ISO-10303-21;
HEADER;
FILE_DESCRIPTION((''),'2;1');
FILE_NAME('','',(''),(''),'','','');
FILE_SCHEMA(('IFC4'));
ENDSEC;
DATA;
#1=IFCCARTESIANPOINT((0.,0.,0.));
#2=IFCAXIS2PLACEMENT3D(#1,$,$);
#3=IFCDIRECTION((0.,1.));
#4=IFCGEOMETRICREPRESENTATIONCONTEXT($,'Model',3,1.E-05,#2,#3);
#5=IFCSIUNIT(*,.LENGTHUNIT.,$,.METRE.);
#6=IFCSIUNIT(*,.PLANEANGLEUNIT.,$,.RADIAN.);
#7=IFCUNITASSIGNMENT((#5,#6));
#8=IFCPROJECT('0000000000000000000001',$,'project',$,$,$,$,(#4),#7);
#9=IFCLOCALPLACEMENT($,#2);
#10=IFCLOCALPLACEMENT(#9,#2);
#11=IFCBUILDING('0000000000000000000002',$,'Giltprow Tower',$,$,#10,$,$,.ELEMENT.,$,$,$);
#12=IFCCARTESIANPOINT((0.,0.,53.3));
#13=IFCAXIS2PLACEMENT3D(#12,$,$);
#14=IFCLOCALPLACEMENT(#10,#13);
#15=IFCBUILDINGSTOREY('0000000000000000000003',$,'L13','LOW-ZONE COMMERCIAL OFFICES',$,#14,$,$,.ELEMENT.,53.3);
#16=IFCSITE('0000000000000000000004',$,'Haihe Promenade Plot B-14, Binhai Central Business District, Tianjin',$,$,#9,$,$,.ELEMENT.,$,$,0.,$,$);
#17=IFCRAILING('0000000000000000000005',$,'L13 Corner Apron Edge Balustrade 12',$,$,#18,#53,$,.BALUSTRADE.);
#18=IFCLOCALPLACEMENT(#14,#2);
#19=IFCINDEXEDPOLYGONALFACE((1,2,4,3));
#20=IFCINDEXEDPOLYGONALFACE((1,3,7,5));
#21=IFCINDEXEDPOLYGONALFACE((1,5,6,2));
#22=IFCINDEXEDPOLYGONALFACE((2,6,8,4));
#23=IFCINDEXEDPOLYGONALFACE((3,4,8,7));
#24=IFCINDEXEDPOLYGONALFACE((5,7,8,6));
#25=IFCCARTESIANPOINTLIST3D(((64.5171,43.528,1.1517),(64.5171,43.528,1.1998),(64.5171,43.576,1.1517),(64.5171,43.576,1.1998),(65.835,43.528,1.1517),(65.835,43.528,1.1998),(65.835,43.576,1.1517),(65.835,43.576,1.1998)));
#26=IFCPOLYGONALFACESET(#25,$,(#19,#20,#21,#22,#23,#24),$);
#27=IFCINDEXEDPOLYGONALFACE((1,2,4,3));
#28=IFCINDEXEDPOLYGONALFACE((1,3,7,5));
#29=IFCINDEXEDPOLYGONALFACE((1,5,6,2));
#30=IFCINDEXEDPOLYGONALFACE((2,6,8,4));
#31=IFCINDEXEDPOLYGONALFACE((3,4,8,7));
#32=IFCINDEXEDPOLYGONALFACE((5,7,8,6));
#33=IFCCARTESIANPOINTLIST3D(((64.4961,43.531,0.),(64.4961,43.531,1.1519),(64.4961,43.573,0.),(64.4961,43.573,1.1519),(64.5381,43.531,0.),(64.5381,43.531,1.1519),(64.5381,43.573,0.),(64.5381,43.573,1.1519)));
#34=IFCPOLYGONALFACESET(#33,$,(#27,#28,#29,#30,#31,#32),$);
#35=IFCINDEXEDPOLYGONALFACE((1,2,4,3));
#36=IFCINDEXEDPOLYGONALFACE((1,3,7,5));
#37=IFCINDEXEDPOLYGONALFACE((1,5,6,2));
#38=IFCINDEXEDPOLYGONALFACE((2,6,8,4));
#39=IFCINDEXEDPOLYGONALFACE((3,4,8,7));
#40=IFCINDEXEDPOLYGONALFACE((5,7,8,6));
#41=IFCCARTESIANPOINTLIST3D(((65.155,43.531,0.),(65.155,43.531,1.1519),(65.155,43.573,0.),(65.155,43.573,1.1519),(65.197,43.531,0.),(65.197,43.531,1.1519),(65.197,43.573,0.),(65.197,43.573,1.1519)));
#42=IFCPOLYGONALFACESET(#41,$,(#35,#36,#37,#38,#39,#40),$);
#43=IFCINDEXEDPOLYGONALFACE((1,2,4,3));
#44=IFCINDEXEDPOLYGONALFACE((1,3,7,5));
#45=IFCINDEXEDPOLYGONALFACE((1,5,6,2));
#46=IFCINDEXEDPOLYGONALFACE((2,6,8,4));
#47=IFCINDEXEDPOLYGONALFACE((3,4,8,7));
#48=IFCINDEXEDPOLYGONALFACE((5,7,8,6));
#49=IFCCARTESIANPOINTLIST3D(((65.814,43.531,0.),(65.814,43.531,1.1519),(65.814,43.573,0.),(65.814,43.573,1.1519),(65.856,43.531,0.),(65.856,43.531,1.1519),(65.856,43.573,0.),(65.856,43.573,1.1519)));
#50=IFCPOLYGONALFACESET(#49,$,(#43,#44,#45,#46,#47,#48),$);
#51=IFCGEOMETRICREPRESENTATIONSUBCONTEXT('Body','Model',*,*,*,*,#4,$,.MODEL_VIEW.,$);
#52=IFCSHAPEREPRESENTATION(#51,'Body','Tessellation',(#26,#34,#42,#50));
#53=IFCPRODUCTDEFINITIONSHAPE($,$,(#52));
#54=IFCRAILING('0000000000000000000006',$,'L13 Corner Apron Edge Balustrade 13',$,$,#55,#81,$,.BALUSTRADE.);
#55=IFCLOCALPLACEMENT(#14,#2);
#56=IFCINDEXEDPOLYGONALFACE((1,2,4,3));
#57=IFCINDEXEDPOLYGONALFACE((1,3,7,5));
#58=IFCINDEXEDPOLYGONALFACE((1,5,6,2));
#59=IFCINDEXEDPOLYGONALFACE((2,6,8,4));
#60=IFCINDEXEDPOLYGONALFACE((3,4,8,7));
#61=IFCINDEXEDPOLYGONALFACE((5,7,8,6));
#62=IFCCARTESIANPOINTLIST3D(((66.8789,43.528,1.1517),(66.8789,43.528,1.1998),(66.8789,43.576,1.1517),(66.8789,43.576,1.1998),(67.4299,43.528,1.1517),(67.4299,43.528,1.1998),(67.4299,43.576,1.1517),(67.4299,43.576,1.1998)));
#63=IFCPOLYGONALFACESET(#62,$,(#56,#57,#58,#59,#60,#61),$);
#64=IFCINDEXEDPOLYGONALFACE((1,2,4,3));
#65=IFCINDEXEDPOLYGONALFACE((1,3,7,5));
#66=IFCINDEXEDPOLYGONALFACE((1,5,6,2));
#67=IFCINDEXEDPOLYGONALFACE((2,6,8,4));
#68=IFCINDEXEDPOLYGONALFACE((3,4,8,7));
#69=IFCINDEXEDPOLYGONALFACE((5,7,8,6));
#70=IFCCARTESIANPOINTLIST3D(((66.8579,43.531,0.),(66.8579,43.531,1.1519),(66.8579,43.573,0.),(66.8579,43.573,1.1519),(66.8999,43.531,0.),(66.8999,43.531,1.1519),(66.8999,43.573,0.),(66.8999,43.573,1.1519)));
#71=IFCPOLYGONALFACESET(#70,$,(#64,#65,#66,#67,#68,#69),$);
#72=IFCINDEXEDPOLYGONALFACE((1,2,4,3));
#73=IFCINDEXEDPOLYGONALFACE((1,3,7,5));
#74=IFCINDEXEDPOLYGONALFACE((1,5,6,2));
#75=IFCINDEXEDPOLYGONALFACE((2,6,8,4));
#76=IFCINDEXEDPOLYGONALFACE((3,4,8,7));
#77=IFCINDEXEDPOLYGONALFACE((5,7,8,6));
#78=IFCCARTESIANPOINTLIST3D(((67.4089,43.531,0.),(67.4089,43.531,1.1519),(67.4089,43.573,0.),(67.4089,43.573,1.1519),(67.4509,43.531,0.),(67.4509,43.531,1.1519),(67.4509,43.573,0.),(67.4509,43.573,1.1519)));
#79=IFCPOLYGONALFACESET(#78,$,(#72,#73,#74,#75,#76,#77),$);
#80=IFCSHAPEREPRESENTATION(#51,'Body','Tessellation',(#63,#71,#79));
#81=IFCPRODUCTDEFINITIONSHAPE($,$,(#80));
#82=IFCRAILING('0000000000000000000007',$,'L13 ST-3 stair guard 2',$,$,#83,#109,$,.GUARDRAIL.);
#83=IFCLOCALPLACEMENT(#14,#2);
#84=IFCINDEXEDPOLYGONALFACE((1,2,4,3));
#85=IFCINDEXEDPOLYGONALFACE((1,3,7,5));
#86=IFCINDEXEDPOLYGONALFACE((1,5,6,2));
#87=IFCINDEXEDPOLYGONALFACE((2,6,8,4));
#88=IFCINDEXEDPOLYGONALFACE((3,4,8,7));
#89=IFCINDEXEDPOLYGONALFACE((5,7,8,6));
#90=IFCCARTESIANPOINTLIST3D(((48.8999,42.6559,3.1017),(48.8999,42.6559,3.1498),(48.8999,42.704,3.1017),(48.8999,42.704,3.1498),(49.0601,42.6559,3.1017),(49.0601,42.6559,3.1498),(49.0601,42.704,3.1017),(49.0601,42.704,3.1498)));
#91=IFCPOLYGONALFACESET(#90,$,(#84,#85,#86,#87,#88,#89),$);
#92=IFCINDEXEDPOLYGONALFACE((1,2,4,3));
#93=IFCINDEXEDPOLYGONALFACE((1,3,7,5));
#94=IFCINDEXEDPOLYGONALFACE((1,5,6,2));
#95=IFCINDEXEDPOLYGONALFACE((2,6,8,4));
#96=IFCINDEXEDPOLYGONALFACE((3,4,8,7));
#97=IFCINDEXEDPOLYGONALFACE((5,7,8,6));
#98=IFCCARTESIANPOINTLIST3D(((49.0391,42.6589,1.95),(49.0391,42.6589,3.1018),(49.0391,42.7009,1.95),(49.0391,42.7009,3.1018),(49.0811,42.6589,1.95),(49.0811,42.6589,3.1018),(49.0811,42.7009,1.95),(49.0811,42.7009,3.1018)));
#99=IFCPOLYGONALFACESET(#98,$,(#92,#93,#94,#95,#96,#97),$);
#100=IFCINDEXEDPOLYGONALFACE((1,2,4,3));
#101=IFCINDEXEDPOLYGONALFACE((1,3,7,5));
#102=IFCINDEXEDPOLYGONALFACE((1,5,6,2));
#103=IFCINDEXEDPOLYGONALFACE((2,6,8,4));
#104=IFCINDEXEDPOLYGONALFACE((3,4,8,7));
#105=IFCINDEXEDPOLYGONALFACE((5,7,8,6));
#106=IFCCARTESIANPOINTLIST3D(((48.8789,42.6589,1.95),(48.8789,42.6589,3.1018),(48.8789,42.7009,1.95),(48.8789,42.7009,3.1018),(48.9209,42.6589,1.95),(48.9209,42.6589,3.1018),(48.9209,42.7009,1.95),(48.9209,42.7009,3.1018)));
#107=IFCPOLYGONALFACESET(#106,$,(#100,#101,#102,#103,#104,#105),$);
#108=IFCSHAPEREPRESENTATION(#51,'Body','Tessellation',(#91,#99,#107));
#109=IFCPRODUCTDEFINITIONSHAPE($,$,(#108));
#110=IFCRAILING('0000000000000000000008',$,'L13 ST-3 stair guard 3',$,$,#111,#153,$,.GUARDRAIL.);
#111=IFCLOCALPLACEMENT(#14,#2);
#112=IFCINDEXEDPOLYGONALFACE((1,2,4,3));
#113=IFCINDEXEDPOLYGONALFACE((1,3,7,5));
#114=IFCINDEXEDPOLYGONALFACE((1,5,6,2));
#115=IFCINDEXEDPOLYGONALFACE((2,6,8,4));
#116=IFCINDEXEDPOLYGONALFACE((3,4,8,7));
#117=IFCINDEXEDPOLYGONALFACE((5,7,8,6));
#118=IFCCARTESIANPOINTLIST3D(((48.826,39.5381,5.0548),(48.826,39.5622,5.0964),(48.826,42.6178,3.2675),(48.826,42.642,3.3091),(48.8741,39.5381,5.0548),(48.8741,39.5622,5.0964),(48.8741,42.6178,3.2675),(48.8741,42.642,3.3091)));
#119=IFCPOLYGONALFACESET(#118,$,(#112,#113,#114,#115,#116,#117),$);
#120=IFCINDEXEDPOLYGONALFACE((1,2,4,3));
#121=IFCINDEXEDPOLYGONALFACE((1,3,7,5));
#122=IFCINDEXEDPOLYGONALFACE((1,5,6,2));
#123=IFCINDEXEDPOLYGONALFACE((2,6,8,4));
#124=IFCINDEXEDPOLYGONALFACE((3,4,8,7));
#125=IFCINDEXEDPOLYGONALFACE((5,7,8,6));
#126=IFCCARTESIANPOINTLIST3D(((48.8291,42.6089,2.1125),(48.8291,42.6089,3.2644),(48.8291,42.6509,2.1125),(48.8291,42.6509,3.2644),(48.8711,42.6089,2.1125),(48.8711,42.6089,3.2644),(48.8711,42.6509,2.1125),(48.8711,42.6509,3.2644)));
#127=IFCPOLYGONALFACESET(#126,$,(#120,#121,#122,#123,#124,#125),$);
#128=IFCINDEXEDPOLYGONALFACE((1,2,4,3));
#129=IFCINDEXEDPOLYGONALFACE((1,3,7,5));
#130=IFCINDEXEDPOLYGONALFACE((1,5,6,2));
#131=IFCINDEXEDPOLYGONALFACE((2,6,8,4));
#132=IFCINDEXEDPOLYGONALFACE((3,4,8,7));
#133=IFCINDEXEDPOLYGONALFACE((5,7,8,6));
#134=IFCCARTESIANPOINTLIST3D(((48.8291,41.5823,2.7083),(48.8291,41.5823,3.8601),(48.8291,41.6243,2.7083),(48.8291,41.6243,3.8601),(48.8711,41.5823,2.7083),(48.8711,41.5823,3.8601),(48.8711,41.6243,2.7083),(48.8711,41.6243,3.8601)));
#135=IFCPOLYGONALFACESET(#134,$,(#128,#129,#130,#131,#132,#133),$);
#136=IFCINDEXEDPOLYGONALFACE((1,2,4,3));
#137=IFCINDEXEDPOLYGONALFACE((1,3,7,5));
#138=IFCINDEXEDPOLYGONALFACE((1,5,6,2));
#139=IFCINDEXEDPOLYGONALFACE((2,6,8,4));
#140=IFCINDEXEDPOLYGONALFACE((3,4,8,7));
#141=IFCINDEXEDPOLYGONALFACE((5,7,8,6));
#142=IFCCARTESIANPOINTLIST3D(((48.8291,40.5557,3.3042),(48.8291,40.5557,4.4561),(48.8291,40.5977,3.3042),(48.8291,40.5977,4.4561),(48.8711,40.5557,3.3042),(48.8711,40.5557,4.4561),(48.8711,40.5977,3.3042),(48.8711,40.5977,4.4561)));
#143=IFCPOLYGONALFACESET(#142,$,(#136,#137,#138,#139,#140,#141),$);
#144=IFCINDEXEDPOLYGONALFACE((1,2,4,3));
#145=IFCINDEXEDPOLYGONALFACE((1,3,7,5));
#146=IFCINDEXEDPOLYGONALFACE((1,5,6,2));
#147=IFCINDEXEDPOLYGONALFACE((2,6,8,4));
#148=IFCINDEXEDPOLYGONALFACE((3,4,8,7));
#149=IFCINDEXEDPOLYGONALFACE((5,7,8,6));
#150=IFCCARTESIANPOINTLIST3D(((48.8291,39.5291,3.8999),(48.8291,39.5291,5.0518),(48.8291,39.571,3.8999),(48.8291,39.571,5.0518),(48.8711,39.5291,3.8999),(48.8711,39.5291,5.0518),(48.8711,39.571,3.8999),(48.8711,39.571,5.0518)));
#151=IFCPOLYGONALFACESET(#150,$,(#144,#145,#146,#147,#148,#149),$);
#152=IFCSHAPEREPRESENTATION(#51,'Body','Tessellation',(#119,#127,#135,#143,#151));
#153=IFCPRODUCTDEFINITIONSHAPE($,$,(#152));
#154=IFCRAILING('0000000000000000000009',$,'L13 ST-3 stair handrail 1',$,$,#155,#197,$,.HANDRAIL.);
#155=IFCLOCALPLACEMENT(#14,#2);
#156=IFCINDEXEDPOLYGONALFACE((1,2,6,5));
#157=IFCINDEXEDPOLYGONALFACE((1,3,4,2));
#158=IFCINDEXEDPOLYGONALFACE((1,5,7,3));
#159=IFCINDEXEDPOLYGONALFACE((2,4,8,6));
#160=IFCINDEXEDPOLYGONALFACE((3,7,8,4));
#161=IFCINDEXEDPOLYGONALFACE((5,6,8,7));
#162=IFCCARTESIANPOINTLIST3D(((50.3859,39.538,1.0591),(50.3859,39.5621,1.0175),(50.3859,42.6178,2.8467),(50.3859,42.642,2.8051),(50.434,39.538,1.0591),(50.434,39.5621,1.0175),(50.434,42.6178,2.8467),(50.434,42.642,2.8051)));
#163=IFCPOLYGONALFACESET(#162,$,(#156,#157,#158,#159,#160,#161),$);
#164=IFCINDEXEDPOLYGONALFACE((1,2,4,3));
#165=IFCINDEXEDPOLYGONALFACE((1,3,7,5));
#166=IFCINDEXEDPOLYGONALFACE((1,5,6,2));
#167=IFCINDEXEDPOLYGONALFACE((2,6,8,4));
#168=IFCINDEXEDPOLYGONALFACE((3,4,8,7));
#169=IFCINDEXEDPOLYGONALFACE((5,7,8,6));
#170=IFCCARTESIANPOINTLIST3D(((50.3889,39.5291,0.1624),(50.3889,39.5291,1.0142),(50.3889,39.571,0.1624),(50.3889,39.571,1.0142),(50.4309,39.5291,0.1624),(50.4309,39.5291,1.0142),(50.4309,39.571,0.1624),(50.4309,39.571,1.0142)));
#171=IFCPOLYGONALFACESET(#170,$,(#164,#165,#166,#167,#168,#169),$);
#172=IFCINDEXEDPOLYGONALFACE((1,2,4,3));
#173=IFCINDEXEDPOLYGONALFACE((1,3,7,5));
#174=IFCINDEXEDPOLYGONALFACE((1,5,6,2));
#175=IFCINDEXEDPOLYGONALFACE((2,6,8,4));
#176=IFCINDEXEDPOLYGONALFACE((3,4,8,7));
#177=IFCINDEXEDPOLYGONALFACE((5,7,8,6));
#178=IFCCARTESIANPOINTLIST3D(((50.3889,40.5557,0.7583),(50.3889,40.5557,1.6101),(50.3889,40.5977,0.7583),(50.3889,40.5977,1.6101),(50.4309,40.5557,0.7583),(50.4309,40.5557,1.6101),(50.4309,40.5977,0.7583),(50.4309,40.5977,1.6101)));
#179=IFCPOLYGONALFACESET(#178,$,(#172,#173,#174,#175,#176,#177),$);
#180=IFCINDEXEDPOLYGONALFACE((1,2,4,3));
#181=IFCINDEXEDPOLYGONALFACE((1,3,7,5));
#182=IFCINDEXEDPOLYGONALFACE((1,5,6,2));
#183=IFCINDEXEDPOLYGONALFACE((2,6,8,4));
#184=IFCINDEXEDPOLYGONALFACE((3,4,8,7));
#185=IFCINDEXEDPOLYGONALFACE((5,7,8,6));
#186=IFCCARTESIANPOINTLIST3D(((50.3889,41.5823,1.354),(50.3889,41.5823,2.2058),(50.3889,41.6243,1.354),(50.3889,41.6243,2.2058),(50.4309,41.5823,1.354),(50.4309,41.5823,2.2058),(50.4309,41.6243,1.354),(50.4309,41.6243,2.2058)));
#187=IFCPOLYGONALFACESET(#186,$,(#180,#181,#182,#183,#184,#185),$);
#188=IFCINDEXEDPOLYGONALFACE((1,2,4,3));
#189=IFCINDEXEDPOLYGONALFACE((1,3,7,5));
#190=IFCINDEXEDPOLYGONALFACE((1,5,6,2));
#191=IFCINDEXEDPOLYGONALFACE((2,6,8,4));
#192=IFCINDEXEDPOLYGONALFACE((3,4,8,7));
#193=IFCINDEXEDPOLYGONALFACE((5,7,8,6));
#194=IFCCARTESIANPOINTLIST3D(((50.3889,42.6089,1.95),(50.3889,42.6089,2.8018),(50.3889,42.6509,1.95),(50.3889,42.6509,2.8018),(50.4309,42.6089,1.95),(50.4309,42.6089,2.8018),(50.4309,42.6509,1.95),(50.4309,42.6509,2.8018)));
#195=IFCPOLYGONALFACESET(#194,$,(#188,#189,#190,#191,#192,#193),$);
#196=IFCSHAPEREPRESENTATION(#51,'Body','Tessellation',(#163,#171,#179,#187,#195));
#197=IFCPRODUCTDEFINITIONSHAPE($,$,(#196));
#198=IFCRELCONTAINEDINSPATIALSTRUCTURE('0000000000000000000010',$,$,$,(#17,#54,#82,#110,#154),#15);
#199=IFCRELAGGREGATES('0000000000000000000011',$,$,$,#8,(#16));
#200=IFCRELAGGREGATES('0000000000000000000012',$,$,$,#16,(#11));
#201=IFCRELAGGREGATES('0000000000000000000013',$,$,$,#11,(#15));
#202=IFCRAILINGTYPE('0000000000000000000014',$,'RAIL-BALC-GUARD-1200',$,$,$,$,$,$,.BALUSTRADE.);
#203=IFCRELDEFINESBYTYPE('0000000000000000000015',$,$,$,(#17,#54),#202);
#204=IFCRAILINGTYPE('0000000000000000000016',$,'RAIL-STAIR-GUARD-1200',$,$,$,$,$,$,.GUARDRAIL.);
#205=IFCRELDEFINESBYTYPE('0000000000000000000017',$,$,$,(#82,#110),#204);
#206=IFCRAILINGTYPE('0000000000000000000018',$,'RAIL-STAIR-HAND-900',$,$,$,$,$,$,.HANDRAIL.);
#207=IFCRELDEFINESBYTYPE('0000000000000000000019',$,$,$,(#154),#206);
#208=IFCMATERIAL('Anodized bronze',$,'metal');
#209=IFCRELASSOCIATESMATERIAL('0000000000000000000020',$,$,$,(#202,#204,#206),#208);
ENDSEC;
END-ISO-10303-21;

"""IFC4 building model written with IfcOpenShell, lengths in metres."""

from ifc_helpers import new_model, si_unit, direction, frame, origin, origin_2d, place, context, subcontext, project, spatial, rectangle, extrude, material, type_object, element, save


model = new_model("IFC4")

# Units and contexts
model_context = context("Model", 3, precision=1e-05, world=origin(), true_north=direction((0.0, 1.0)))
body_context = subcontext(model_context, "Body", "Model", "MODEL_VIEW")
ifc_project = project(units=[si_unit("LENGTHUNIT", "METRE"), si_unit("PLANEANGLEUNIT", "RADIAN")], contexts=[model_context])

# Site, building, storey
site_placement = place(None, origin())
site = spatial("IfcSite", under=ifc_project, at=site_placement, Name="Haihe Promenade Plot B-14, Binhai Central Business District, Tianjin", CompositionType="ELEMENT", RefElevation=0.0)
building_placement = place(site_placement, origin())
building = spatial("IfcBuilding", under=site, at=building_placement, Name="Giltprow Tower", CompositionType="ELEMENT")
storey_placement = place(building_placement, frame((0.0, 0.0, 53.3)))
storey = spatial("IfcBuildingStorey", under=building, at=storey_placement, Name="L13", Description="LOW-ZONE COMMERCIAL OFFICES", CompositionType="ELEMENT", Elevation=53.3)

# Railings
ifc_material_1 = material(Name="Anodized bronze", Category="metal")
railing_type_1 = type_object("IfcRailingType", Name="RAIL-BALC-GUARD-1200", PredefinedType="BALUSTRADE", material=ifc_material_1)
railing_1_placement = place(storey_placement, frame((64.5171, 43.552, 0.0)))
element("IfcRailing", 1, at=railing_1_placement, inside=storey, type_object=railing_type_1, Name="L13 Corner Apron Edge Balustrade 12", PredefinedType="BALUSTRADE", context=body_context, shape_type="SweptSolid", body=[
    extrude(rectangle(XDim=0.0481, YDim=0.0481, at=origin_2d()), frame((0.0, 0.0, 1.1758), z_axis=(1.0, 0.0, 0.0), x_axis=(0.0, 1.0, 0.0)), (0.0, 0.0, 1.0), 1.3179),
    extrude(rectangle(XDim=0.042, YDim=0.042, at=origin_2d()), origin(), (0.0, 0.0, 1.0), 1.1519),
    extrude(rectangle(XDim=0.042, YDim=0.042, at=origin_2d()), frame((0.6589, 0.0, 0.0)), (0.0, 0.0, 1.0), 1.1519),
    extrude(rectangle(XDim=0.042, YDim=0.042, at=origin_2d()), frame((1.3179, 0.0, 0.0)), (0.0, 0.0, 1.0), 1.1519),
])
railing_2_placement = place(storey_placement, frame((66.8789, 43.552, 0.0)))
element("IfcRailing", 2, at=railing_2_placement, inside=storey, type_object=railing_type_1, Name="L13 Corner Apron Edge Balustrade 13", PredefinedType="BALUSTRADE", context=body_context, shape_type="SweptSolid", body=[
    extrude(rectangle(XDim=0.0481, YDim=0.0481, at=origin_2d()), frame((0.0, 0.0, 1.1758), z_axis=(1.0, 0.0, 0.0), x_axis=(0.0, 1.0, 0.0)), (0.0, 0.0, 1.0), 0.551),
    extrude(rectangle(XDim=0.042, YDim=0.042, at=origin_2d()), origin(), (0.0, 0.0, 1.0), 1.1519),
    extrude(rectangle(XDim=0.042, YDim=0.042, at=origin_2d()), frame((0.551, 0.0, 0.0)), (0.0, 0.0, 1.0), 1.1519),
])
railing_type_2 = type_object("IfcRailingType", Name="RAIL-STAIR-GUARD-1200", PredefinedType="GUARDRAIL", material=ifc_material_1)
railing_3_placement = place(storey_placement, frame((49.0601, 42.6799, 1.95)))
element("IfcRailing", 3, at=railing_3_placement, inside=storey, type_object=railing_type_2, Name="L13 ST-3 stair guard 2", PredefinedType="GUARDRAIL", context=body_context, shape_type="SweptSolid", body=[
    extrude(rectangle(XDim=0.0481, YDim=0.0481, at=origin_2d()), frame((0.0, 0.0, 1.1758), z_axis=(-1.0, 0.0, 0.0), x_axis=(0.0, -1.0, 0.0)), (0.0, 0.0, 1.0), 0.1602),
    extrude(rectangle(XDim=0.042, YDim=0.042, at=origin_2d()), origin(), (0.0, 0.0, 1.0), 1.1519),
    extrude(rectangle(XDim=0.042, YDim=0.042, at=origin_2d()), frame((-0.1602, 0.0, 0.0)), (0.0, 0.0, 1.0), 1.1519),
])
railing_4_placement = place(storey_placement, frame((48.8501, 42.6299, 2.1125)))
element("IfcRailing", 4, at=railing_4_placement, inside=storey, type_object=railing_type_2, Name="L13 ST-3 stair guard 3", PredefinedType="GUARDRAIL", context=body_context, shape_type="SweptSolid", body=[
    extrude(rectangle(XDim=0.0481, YDim=0.0481, at=origin_2d()), frame((0.0, 0.0, 1.1758), z_axis=(0.0, -0.864903, 0.501939), x_axis=(1.0, 0.0, 0.0)), (0.0, 0.0, 1.0), 3.5608),
    extrude(rectangle(XDim=0.042, YDim=0.042, at=origin_2d()), origin(), (0.0, 0.0, 1.0), 1.1519),
    extrude(rectangle(XDim=0.042, YDim=0.042, at=origin_2d()), frame((0.0, -1.0266, 0.5957)), (0.0, 0.0, 1.0), 1.1519),
    extrude(rectangle(XDim=0.042, YDim=0.042, at=origin_2d()), frame((0.0, -2.0532, 1.1917)), (0.0, 0.0, 1.0), 1.1519),
    extrude(rectangle(XDim=0.042, YDim=0.042, at=origin_2d()), frame((0.0, -3.0798, 1.7874)), (0.0, 0.0, 1.0), 1.1519),
])
railing_type_3 = type_object("IfcRailingType", Name="RAIL-STAIR-HAND-900", PredefinedType="HANDRAIL", material=ifc_material_1)
railing_5_placement = place(storey_placement, frame((50.4099, 39.55, 0.1624)))
element("IfcRailing", 5, at=railing_5_placement, inside=storey, type_object=railing_type_3, Name="L13 ST-3 stair handrail 1", PredefinedType="HANDRAIL", context=body_context, shape_type="SweptSolid", body=[
    extrude(rectangle(XDim=0.0481, YDim=0.0481, at=origin_2d()), frame((0.0, 0.0, 0.876), z_axis=(0.0, 0.864873, 0.50199), x_axis=(-1.0, 0.0, 0.0)), (0.0, 0.0, 1.0), 3.561),
    extrude(rectangle(XDim=0.042, YDim=0.042, at=origin_2d()), origin(), (0.0, 0.0, 1.0), 0.8518),
    extrude(rectangle(XDim=0.042, YDim=0.042, at=origin_2d()), frame((0.0, 1.0266, 0.5959)), (0.0, 0.0, 1.0), 0.8518),
    extrude(rectangle(XDim=0.042, YDim=0.042, at=origin_2d()), frame((0.0, 2.0532, 1.1917)), (0.0, 0.0, 1.0), 0.8518),
    extrude(rectangle(XDim=0.042, YDim=0.042, at=origin_2d()), frame((0.0, 3.0798, 1.7876)), (0.0, 0.0, 1.0), 0.8518),
])

save(model, "model.ifc")
